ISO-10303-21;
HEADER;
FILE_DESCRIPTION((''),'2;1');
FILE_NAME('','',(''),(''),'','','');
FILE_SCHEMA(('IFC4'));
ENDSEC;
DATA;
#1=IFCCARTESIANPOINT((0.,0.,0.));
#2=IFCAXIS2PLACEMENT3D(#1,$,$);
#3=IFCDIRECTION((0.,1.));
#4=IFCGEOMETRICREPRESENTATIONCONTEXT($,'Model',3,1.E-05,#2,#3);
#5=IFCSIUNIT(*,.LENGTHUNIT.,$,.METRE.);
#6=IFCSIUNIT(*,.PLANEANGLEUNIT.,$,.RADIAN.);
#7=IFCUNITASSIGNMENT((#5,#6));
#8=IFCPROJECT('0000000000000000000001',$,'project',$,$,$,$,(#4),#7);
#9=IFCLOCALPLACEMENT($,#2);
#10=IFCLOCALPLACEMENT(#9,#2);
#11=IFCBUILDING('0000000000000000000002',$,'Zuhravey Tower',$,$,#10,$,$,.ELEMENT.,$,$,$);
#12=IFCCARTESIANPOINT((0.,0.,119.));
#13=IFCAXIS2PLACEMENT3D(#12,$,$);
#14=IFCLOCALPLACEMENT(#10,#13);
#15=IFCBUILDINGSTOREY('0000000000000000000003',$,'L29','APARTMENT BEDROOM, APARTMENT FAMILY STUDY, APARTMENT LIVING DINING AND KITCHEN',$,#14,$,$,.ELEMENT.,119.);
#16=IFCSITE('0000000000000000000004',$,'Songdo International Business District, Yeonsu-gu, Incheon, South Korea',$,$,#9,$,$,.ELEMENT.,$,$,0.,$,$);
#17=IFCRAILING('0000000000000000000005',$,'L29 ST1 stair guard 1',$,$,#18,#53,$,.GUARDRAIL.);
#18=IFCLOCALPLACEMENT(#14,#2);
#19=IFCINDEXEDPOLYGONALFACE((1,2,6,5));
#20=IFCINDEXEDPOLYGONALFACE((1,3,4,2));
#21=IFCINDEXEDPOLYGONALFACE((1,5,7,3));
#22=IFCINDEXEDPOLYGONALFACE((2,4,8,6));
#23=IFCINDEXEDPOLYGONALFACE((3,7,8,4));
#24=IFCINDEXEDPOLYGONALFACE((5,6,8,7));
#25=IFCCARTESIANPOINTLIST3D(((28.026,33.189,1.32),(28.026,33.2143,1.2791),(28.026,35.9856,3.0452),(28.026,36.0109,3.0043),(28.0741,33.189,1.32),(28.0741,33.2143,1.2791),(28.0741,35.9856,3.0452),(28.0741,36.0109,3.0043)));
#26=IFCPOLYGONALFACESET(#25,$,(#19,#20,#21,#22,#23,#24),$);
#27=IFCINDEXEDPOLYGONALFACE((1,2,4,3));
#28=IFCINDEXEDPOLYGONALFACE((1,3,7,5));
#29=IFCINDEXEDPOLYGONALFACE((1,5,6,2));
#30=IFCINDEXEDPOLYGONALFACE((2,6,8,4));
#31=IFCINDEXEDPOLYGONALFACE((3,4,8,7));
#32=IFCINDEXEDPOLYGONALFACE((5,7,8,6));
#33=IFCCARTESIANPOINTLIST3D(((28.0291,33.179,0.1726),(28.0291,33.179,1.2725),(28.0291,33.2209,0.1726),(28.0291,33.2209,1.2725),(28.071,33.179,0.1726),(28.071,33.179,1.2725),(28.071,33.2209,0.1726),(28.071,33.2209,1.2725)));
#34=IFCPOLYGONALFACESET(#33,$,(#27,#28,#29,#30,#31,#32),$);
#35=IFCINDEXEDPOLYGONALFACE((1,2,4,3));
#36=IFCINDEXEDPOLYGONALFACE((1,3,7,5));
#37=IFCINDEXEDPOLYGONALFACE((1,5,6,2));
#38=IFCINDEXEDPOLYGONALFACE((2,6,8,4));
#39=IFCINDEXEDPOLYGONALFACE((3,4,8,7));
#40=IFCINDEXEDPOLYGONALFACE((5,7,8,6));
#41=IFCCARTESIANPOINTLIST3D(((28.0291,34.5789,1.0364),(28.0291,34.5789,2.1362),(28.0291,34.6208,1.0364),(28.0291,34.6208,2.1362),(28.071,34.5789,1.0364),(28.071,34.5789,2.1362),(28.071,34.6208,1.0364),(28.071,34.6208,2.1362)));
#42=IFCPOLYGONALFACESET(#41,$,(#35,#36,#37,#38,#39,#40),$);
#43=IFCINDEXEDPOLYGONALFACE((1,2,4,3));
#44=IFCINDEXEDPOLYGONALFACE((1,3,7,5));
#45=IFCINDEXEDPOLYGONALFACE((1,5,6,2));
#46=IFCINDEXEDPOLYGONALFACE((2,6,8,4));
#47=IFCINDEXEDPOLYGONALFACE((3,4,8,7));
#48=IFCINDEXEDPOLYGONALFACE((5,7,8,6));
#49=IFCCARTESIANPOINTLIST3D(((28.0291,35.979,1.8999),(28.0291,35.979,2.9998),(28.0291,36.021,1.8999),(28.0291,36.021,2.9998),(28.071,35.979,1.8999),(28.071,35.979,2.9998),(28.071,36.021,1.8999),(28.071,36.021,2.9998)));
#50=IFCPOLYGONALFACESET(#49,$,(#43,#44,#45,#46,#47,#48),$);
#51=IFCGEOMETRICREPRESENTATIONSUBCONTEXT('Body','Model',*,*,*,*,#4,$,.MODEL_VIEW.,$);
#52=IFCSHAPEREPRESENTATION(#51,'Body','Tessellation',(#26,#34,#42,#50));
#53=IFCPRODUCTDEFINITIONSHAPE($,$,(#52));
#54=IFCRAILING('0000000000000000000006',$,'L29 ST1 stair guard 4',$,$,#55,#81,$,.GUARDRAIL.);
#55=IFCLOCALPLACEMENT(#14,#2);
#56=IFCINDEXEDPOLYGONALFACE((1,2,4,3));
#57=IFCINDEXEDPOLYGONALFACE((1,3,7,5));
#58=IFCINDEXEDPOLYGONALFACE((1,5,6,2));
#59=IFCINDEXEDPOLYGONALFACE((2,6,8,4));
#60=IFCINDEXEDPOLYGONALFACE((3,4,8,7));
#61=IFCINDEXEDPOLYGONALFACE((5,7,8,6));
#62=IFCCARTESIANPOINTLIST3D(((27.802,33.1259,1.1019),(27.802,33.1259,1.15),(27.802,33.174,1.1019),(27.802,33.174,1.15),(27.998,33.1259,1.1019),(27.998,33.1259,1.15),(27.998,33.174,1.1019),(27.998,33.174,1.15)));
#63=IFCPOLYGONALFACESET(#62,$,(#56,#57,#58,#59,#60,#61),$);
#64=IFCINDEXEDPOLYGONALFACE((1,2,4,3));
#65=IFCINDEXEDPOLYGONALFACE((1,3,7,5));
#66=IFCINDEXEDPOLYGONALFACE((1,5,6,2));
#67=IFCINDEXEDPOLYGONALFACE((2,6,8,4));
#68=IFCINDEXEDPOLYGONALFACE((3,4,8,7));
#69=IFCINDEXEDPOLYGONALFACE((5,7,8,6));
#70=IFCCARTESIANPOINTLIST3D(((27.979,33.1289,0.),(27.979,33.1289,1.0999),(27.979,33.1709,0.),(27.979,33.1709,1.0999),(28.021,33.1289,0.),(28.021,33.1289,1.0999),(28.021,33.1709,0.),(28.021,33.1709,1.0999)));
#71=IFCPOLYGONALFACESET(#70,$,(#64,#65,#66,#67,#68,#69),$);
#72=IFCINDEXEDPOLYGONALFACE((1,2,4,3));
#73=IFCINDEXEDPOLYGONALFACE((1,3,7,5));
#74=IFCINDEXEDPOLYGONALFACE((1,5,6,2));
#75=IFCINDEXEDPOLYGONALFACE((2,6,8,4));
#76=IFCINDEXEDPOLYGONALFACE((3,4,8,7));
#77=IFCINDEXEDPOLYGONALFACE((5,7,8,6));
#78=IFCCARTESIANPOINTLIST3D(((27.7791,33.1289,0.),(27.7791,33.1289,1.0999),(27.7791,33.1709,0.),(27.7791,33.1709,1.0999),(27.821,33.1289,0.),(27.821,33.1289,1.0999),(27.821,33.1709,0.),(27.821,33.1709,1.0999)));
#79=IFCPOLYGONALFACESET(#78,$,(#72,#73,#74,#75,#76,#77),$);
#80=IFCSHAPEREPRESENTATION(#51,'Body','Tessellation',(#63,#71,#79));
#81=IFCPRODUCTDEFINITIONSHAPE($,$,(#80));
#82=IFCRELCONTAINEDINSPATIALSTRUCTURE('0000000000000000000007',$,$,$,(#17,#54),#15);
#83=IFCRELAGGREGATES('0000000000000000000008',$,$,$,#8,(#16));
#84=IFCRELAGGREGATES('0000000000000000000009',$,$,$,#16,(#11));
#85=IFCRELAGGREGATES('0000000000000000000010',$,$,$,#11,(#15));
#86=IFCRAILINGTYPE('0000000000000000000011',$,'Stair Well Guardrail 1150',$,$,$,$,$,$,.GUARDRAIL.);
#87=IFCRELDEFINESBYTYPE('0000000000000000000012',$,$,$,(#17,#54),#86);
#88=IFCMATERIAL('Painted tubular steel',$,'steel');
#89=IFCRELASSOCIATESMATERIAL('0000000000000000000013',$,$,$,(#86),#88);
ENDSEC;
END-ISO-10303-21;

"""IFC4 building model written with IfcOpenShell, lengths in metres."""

from ifc_helpers import new_model, si_unit, direction, frame, origin, origin_2d, place, context, subcontext, project, spatial, rectangle, extrude, material, type_object, element, save


model = new_model("IFC4")

# Units and contexts
model_context = context("Model", 3, precision=1e-05, world=origin(), true_north=direction((0.0, 1.0)))
body_context = subcontext(model_context, "Body", "Model", "MODEL_VIEW")
ifc_project = project(units=[si_unit("LENGTHUNIT", "METRE"), si_unit("PLANEANGLEUNIT", "RADIAN")], contexts=[model_context])

# Site, building, storey
site_placement = place(None, origin())
site = spatial("IfcSite", under=ifc_project, at=site_placement, Name="Songdo International Business District, Yeonsu-gu, Incheon, South Korea", CompositionType="ELEMENT", RefElevation=0.0)
building_placement = place(site_placement, origin())
building = spatial("IfcBuilding", under=site, at=building_placement, Name="Zuhravey Tower", CompositionType="ELEMENT")
storey_placement = place(building_placement, frame((0.0, 0.0, 119.0)))
storey = spatial("IfcBuildingStorey", under=building, at=storey_placement, Name="L29", Description="APARTMENT BEDROOM, APARTMENT FAMILY STUDY, APARTMENT LIVING DINING AND KITCHEN", CompositionType="ELEMENT", Elevation=119.0)

# Railings
ifc_material_1 = material(Name="Painted tubular steel", Category="steel")
railing_type_1 = type_object("IfcRailingType", Name="Stair Well Guardrail 1150", PredefinedType="GUARDRAIL", material=ifc_material_1)
railing_1_placement = place(storey_placement, frame((28.05, 33.2, 0.1726)))
element("IfcRailing", 1, at=railing_1_placement, inside=storey, type_object=railing_type_1, Name="L29 ST1 stair guard 1", PredefinedType="GUARDRAIL", context=body_context, shape_type="SweptSolid", body=[
    extrude(rectangle(XDim=0.0481, YDim=0.0481, at=origin_2d()), frame((0.0, 0.0017, 1.127), z_axis=(0.0, 0.85109, 0.52502), x_axis=(-1.0, 0.0, 0.0)), (0.0, 0.0, 1.0), 3.2859),
    extrude(rectangle(XDim=0.042, YDim=0.042, at=origin_2d()), origin(), (0.0, 0.0, 1.0), 1.0999),
    extrude(rectangle(XDim=0.042, YDim=0.042, at=origin_2d()), frame((0.0, 1.3999, 0.8638)), (0.0, 0.0, 1.0), 1.0999),
    extrude(rectangle(XDim=0.042, YDim=0.042, at=origin_2d()), frame((0.0, 2.8, 1.7273)), (0.0, 0.0, 1.0), 1.0999),
])
railing_2_placement = place(storey_placement, frame((28.0, 33.1499, 0.0)))
element("IfcRailing", 2, at=railing_2_placement, inside=storey, type_object=railing_type_1, Name="L29 ST1 stair guard 4", PredefinedType="GUARDRAIL", context=body_context, shape_type="SweptSolid", body=[
    extrude(rectangle(XDim=0.0481, YDim=0.0481, at=origin_2d()), frame((-0.002, 0.0, 1.126), z_axis=(-1.0, 0.0, 0.0), x_axis=(0.0, -1.0, 0.0)), (0.0, 0.0, 1.0), 0.196),
    extrude(rectangle(XDim=0.042, YDim=0.042, at=origin_2d()), origin(), (0.0, 0.0, 1.0), 1.0999),
    extrude(rectangle(XDim=0.042, YDim=0.042, at=origin_2d()), frame((-0.2, 0.0, 0.0)), (0.0, 0.0, 1.0), 1.0999),
])

save(model, "model.ifc")
